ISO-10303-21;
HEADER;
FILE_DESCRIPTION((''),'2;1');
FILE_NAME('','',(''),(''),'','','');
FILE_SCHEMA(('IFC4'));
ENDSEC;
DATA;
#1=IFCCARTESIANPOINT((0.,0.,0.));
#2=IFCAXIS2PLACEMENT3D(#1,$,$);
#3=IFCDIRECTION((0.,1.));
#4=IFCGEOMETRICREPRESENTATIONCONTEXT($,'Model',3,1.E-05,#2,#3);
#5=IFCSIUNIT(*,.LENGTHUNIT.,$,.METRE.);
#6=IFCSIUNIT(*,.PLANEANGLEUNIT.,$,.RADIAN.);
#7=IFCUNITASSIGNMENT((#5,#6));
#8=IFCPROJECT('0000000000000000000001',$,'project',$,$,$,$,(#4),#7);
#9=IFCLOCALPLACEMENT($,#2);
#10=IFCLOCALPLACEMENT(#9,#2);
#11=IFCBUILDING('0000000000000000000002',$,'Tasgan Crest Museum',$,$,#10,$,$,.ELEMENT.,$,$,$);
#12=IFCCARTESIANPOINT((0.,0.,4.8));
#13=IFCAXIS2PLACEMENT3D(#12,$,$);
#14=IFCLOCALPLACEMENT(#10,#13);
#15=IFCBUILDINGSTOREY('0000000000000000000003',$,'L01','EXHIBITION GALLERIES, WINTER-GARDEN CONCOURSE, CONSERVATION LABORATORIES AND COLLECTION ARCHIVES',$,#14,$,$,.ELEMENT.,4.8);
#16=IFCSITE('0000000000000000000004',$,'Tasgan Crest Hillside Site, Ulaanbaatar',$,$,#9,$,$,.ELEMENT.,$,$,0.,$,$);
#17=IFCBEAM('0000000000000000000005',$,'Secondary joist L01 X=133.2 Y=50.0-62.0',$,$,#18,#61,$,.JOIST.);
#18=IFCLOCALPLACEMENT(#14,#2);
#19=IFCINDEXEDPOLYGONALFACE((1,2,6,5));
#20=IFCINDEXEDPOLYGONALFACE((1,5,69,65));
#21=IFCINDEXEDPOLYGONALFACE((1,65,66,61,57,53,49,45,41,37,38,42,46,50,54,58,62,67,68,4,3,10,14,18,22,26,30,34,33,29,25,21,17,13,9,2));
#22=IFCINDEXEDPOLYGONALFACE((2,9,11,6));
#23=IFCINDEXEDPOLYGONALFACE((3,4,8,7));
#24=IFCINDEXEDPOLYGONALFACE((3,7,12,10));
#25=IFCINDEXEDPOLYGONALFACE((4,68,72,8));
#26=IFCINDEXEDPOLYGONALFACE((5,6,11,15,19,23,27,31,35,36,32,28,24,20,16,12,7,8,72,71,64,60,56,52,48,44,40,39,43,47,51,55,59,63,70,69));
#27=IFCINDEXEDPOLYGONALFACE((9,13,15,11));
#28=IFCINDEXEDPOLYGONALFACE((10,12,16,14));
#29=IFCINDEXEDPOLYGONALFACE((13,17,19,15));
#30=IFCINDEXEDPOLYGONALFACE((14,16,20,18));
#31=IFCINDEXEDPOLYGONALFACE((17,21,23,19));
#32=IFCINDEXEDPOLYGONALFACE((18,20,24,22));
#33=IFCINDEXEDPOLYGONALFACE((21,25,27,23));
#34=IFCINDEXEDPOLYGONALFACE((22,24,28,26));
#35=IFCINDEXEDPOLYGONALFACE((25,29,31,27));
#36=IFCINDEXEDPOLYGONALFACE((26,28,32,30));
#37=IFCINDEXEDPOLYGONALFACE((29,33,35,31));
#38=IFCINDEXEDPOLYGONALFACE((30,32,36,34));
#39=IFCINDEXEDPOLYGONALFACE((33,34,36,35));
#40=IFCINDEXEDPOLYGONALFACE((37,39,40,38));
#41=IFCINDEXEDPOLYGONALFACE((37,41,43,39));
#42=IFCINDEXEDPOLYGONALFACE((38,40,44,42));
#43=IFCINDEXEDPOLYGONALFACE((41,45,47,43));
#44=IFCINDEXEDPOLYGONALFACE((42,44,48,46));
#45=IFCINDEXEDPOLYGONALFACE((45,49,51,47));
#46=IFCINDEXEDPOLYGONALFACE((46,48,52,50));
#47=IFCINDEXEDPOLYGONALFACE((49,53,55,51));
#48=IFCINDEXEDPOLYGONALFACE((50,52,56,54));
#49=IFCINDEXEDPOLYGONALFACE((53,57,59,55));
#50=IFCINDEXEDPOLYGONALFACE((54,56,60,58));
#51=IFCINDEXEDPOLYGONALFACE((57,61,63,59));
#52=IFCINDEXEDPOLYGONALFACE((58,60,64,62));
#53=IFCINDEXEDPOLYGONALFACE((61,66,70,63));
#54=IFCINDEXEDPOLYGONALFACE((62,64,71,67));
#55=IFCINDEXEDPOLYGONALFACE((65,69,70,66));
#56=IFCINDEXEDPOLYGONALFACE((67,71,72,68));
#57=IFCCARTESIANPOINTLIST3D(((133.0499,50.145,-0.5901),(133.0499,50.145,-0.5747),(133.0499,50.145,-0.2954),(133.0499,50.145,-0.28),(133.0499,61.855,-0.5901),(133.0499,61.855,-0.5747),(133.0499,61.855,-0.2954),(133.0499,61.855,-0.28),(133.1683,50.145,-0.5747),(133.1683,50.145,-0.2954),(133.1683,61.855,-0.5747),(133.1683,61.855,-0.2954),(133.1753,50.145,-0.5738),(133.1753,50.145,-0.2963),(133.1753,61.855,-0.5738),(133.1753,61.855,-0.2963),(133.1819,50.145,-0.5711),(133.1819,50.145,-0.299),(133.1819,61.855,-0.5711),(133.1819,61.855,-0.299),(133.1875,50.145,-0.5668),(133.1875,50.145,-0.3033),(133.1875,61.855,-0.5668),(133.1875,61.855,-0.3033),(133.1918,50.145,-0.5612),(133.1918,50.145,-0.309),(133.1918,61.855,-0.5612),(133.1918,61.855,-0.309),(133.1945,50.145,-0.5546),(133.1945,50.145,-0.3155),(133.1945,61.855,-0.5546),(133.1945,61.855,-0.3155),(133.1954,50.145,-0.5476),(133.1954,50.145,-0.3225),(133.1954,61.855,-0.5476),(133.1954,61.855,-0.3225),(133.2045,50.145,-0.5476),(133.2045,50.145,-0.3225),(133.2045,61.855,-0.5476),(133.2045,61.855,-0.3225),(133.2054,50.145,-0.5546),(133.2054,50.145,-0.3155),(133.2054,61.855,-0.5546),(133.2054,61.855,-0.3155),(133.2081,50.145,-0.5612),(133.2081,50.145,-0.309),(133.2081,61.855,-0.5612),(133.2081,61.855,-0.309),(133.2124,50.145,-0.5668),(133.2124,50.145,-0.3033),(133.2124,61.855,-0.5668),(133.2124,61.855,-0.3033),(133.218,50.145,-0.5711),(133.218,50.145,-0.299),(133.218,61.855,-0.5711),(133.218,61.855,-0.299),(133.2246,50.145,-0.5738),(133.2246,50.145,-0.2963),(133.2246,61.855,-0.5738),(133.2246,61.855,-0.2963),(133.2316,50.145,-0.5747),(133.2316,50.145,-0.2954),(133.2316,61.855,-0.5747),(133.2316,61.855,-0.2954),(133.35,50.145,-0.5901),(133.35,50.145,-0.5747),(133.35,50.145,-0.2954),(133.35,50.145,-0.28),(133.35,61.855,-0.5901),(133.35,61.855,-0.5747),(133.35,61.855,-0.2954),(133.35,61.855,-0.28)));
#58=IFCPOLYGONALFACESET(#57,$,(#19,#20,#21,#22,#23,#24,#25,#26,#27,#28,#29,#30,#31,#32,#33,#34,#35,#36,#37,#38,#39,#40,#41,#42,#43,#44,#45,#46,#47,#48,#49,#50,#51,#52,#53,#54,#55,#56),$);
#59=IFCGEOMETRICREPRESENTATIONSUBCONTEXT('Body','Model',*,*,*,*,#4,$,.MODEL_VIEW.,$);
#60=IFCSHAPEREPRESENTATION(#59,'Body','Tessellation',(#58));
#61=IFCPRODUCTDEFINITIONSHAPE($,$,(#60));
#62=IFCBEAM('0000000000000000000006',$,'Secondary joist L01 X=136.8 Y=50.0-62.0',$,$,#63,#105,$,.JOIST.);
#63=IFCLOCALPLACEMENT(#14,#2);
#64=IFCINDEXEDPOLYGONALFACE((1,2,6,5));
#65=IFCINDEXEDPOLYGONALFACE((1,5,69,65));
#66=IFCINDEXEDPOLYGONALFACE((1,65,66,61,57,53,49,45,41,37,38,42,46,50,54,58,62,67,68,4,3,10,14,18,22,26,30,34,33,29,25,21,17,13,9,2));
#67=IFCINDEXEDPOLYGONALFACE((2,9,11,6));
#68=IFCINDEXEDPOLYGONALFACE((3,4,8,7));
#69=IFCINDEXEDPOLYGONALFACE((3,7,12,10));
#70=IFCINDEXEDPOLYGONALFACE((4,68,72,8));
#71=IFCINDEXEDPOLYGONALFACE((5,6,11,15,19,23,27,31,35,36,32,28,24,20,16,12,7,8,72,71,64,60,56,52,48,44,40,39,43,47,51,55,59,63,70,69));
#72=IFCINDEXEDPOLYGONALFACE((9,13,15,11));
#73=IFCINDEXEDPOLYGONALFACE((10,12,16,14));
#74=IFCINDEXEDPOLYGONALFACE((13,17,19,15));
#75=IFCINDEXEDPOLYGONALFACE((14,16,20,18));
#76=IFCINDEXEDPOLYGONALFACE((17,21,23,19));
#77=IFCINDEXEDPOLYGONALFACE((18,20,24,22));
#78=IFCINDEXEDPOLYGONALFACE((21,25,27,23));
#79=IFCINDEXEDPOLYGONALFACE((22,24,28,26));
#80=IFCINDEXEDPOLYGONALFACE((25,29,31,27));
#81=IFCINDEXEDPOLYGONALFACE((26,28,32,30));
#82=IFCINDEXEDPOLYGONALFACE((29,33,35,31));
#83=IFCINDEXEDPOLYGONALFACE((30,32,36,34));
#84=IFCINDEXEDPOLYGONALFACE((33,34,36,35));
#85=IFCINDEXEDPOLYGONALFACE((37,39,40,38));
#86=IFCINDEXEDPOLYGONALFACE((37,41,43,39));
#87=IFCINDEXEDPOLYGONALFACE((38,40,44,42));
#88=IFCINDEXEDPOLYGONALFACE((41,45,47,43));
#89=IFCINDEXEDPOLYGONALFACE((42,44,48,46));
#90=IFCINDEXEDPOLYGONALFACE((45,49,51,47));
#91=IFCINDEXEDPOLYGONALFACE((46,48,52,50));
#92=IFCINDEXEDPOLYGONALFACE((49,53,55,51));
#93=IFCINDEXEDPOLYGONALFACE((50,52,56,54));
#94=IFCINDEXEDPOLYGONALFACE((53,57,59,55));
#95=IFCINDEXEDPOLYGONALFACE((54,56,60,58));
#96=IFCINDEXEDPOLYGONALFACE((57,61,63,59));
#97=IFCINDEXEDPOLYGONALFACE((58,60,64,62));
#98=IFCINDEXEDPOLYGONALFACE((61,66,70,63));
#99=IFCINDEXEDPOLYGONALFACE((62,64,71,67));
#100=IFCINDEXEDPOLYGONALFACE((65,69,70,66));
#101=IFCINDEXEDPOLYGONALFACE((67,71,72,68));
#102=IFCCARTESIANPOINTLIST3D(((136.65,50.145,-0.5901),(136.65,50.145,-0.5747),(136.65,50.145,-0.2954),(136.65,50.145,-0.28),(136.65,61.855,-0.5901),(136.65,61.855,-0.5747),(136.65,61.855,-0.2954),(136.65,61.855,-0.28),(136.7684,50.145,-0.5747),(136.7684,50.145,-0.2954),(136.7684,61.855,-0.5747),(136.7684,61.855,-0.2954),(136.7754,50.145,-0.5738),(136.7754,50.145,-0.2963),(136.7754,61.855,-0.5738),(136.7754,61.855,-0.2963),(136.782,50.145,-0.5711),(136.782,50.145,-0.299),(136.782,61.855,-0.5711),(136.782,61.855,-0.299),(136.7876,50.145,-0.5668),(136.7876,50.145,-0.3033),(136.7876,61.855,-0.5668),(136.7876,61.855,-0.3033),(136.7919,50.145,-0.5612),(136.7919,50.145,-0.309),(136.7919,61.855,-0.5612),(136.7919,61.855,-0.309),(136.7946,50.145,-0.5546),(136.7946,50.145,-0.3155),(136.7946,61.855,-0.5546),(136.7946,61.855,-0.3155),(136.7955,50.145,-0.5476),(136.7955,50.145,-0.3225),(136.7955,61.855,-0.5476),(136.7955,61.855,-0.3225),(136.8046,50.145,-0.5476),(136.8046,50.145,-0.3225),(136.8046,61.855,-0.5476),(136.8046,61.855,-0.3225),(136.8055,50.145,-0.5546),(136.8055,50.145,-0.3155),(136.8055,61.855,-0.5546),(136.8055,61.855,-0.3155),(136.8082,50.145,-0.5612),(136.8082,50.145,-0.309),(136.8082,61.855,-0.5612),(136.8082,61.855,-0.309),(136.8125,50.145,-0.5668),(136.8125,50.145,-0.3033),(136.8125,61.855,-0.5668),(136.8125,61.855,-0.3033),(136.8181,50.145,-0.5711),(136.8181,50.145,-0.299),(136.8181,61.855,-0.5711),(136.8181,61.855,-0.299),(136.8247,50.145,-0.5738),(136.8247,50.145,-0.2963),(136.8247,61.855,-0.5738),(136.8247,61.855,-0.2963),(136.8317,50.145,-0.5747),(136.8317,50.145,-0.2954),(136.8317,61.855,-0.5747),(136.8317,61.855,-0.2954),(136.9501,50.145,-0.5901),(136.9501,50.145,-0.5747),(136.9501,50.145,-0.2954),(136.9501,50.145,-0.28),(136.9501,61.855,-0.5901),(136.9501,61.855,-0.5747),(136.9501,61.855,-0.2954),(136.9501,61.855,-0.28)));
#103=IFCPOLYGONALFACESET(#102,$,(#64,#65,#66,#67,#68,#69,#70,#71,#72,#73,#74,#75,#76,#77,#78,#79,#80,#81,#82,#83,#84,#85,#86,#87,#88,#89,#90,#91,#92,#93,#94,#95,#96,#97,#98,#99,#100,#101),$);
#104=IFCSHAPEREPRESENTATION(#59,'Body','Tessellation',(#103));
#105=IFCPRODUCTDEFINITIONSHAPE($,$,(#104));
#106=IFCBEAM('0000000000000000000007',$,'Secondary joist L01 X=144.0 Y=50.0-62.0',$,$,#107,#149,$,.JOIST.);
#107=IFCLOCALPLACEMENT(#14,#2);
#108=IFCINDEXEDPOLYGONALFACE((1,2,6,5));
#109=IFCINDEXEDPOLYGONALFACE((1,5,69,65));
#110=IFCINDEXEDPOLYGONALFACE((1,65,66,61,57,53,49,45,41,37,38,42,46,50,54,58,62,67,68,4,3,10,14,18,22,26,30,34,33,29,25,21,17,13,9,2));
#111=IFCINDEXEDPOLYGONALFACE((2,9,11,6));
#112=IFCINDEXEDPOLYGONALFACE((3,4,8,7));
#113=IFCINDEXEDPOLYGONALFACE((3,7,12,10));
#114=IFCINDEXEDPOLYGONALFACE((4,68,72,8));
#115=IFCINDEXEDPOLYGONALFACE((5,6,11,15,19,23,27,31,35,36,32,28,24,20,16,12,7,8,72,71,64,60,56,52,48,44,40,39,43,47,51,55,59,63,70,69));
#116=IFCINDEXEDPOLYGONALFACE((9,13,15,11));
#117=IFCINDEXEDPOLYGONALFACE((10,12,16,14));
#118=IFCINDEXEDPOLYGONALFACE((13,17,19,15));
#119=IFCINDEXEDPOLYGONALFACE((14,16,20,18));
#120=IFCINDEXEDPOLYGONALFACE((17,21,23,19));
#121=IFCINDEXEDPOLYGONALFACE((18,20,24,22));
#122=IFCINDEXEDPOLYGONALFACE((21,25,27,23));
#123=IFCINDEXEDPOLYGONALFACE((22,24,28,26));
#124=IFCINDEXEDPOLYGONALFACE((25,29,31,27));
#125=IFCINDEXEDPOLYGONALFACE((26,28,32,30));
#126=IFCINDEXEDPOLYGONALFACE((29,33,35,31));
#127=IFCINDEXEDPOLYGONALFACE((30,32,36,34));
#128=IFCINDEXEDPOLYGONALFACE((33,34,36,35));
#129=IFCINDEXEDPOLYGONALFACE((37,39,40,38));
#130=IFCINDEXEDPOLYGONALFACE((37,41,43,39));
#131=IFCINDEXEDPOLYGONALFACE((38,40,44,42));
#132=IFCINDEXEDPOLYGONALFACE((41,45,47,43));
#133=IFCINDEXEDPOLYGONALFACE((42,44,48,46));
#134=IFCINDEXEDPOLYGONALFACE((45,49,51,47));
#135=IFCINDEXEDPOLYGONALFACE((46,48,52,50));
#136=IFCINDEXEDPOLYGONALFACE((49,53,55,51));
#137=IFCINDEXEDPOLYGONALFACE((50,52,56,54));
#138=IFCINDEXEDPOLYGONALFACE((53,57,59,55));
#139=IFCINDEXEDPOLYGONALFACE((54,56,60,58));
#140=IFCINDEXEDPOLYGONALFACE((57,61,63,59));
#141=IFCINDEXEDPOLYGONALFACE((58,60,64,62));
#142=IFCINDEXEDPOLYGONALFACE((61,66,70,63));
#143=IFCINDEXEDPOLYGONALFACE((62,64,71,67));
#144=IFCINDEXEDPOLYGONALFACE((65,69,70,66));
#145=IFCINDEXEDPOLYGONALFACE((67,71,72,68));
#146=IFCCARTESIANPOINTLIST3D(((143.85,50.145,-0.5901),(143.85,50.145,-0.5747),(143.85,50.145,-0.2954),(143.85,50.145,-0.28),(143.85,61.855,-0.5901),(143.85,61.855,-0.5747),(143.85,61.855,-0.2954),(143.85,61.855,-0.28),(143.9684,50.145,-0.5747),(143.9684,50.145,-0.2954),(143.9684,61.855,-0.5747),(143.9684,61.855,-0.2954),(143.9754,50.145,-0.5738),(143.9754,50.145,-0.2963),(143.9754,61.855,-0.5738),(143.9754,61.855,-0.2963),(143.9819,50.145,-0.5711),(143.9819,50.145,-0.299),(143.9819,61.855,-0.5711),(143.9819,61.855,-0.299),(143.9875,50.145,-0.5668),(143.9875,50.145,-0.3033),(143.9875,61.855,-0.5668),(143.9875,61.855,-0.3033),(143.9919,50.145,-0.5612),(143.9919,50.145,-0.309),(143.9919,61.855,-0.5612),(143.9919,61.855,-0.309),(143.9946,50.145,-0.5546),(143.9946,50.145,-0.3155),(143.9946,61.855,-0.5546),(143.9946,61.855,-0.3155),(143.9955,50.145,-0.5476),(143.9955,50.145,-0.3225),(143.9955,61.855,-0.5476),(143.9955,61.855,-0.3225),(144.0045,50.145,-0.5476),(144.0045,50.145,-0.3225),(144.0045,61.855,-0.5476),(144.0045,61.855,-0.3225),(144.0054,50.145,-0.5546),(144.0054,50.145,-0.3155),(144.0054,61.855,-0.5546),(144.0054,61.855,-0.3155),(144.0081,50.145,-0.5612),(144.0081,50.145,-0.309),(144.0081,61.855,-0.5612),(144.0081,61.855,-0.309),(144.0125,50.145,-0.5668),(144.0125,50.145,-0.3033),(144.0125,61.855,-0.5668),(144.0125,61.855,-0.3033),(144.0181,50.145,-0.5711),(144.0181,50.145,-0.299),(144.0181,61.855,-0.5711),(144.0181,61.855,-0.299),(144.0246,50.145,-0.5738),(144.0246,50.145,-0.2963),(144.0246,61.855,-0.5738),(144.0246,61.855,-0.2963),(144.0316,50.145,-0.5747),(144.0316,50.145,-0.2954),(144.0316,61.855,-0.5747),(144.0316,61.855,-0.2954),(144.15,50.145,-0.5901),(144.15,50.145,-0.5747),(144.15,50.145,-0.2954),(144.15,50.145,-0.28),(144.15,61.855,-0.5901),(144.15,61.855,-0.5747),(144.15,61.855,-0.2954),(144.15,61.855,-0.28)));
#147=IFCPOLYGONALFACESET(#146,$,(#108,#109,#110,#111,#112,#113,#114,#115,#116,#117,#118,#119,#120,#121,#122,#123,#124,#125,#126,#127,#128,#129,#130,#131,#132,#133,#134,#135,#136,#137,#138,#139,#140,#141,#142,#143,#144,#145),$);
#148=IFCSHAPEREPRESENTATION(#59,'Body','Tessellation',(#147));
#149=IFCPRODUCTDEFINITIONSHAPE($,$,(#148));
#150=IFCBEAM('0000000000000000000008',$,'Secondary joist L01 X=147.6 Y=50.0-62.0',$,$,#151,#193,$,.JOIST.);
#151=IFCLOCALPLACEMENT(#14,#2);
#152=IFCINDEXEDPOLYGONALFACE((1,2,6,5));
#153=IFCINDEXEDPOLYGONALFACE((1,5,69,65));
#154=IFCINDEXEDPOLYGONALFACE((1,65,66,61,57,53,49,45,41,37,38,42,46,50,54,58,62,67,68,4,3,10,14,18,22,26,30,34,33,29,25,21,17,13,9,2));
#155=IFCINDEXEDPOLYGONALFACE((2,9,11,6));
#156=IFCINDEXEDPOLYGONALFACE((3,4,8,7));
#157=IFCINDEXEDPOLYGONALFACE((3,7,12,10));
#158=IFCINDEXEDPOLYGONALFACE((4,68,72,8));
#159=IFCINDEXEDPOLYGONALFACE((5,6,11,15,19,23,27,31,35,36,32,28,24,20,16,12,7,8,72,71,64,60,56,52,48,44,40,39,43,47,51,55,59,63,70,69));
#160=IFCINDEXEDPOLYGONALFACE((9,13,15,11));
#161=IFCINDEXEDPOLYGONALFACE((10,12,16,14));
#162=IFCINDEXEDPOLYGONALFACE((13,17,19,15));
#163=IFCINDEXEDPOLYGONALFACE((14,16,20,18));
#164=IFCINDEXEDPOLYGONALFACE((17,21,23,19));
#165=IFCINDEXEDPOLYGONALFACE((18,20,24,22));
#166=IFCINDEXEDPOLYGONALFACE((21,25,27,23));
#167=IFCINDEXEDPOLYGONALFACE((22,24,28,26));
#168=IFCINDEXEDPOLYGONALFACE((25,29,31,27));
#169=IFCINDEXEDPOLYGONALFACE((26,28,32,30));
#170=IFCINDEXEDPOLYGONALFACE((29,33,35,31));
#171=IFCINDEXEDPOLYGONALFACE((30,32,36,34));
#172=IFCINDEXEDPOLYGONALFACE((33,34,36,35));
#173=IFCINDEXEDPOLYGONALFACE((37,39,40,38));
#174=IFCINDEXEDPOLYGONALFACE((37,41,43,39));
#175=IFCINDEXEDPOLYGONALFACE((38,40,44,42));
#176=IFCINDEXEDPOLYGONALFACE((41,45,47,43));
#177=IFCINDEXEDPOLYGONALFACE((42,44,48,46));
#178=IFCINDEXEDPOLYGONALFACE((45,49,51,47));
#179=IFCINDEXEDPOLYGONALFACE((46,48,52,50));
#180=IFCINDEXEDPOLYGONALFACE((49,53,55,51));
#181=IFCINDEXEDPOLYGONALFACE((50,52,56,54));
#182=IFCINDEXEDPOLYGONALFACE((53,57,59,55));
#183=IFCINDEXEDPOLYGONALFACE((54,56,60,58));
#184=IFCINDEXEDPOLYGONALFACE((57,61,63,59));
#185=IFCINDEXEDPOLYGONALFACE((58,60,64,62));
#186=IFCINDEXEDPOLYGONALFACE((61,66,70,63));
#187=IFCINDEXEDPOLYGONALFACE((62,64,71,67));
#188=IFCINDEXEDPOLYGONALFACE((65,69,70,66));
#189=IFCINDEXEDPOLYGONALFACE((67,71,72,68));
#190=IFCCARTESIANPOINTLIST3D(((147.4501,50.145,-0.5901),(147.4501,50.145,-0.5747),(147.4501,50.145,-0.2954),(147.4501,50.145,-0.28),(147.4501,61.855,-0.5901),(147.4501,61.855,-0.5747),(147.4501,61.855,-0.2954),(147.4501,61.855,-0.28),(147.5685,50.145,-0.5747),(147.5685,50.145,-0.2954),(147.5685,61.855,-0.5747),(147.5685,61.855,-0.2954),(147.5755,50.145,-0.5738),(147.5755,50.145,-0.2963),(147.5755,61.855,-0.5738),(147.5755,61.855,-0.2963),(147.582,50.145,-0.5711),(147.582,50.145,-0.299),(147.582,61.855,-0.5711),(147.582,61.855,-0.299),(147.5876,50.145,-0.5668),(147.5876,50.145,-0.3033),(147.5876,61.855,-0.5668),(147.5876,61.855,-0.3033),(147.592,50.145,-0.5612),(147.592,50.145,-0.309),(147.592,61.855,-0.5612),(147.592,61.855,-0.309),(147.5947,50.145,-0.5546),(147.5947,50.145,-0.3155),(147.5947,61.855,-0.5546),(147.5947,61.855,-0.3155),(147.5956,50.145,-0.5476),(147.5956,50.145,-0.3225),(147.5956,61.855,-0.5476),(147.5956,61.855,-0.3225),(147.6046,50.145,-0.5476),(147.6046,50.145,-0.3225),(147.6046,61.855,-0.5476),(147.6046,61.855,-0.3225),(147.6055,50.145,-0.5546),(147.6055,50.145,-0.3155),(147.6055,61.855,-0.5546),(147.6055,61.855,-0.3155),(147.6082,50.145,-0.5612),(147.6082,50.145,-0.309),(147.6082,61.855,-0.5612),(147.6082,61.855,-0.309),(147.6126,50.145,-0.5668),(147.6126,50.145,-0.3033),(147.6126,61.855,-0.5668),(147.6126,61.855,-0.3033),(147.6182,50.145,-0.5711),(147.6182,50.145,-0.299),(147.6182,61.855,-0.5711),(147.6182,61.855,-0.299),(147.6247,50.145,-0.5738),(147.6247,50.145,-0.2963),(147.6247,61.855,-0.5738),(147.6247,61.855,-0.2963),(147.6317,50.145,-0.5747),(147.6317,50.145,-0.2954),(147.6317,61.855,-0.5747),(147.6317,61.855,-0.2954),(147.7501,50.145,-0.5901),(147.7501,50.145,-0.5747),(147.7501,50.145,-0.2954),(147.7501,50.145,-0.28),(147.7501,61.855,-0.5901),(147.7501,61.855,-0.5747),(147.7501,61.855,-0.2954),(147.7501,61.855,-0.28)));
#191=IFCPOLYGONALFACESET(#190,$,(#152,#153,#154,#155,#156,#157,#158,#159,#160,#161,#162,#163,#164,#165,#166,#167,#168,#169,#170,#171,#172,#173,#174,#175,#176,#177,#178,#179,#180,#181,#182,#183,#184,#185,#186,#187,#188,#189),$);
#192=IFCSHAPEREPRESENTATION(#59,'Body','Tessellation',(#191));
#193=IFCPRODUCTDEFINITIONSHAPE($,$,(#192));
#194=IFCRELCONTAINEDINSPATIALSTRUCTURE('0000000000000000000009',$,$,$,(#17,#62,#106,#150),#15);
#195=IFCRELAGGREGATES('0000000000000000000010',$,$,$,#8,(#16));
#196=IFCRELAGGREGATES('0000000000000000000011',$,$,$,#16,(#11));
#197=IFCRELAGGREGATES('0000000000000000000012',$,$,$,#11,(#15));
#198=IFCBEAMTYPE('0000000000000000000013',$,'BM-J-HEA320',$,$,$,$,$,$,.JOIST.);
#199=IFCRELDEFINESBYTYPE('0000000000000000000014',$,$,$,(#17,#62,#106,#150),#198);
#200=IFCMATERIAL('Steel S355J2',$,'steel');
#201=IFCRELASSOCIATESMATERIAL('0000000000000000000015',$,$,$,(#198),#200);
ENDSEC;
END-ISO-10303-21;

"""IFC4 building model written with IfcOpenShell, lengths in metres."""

from ifc_helpers import new_model, si_unit, direction, frame, origin, origin_2d, place, context, subcontext, project, spatial, i_section, extrude, material, material_profile, profile_set, type_object, element, save


model = new_model("IFC4")

# Units and contexts
model_context = context("Model", 3, precision=1e-05, world=origin(), true_north=direction((0.0, 1.0)))
body_context = subcontext(model_context, "Body", "Model", "MODEL_VIEW")
ifc_project = project(units=[si_unit("LENGTHUNIT", "METRE"), si_unit("PLANEANGLEUNIT", "RADIAN")], contexts=[model_context])

# Site, building, storey
site_placement = place(None, origin())
site = spatial("IfcSite", under=ifc_project, at=site_placement, Name="Tasgan Crest Hillside Site, Ulaanbaatar", CompositionType="ELEMENT", RefElevation=0.0)
building_placement = place(site_placement, origin())
building = spatial("IfcBuilding", under=site, at=building_placement, Name="Tasgan Crest Museum", CompositionType="ELEMENT")
storey_placement = place(building_placement, frame((0.0, 0.0, 4.8)))
storey = spatial("IfcBuildingStorey", under=building, at=storey_placement, Name="L01", Description="EXHIBITION GALLERIES, WINTER-GARDEN CONCOURSE, CONSERVATION LABORATORIES AND COLLECTION ARCHIVES", CompositionType="ELEMENT", Elevation=4.8)

# Beams
ifc_material_1 = material(Name="Steel S355J2", Category="steel")
ifc_material_profile_1 = material_profile(ifc_material_1, i_section(OverallWidth=0.3, OverallDepth=0.3101, WebThickness=0.009, FlangeThickness=0.0154, FilletRadius=0.0271, at=origin_2d()), Name="HEA 320")
ifc_profile_set_1 = profile_set([ifc_material_profile_1], Name="Steel S355J2")
beam_type_1 = type_object("IfcBeamType", Name="BM-J-HEA320", PredefinedType="JOIST", material=ifc_profile_set_1)
for number, where, z_axis, x_axis, name in (
    (1, (133.2, 50.145, -0.4351), (0.0, 1.0, 0.0), (-1.0, 0.0, 0.0), "Secondary joist L01 X=133.2 Y=50.0-62.0"),
    (2, (136.8, 50.145, -0.4351), (0.0, 1.0, 0.0), (-1.0, 0.0, 0.0), "Secondary joist L01 X=136.8 Y=50.0-62.0"),
    (3, (144.0, 50.145, -0.4351), (0.0, 1.0, 0.0), (-1.0, 0.0, 0.0), "Secondary joist L01 X=144.0 Y=50.0-62.0"),
    (4, (147.6001, 50.145, -0.4351), (0.0, 1.0, 0.0), (-1.0, 0.0, 0.0), "Secondary joist L01 X=147.6 Y=50.0-62.0"),
):
    element("IfcBeam", number, at=place(storey_placement, frame(where, z_axis=z_axis, x_axis=x_axis)), inside=storey, type_object=beam_type_1, Name=name, PredefinedType="JOIST", context=body_context, shape_type="SweptSolid", body=[
        extrude(i_section(OverallWidth=0.3, OverallDepth=0.3101, WebThickness=0.009, FlangeThickness=0.0154, FilletRadius=0.0271, at=origin_2d()), origin(), (0.0, 0.0, 1.0), 11.71),
    ])

save(model, "model.ifc")
